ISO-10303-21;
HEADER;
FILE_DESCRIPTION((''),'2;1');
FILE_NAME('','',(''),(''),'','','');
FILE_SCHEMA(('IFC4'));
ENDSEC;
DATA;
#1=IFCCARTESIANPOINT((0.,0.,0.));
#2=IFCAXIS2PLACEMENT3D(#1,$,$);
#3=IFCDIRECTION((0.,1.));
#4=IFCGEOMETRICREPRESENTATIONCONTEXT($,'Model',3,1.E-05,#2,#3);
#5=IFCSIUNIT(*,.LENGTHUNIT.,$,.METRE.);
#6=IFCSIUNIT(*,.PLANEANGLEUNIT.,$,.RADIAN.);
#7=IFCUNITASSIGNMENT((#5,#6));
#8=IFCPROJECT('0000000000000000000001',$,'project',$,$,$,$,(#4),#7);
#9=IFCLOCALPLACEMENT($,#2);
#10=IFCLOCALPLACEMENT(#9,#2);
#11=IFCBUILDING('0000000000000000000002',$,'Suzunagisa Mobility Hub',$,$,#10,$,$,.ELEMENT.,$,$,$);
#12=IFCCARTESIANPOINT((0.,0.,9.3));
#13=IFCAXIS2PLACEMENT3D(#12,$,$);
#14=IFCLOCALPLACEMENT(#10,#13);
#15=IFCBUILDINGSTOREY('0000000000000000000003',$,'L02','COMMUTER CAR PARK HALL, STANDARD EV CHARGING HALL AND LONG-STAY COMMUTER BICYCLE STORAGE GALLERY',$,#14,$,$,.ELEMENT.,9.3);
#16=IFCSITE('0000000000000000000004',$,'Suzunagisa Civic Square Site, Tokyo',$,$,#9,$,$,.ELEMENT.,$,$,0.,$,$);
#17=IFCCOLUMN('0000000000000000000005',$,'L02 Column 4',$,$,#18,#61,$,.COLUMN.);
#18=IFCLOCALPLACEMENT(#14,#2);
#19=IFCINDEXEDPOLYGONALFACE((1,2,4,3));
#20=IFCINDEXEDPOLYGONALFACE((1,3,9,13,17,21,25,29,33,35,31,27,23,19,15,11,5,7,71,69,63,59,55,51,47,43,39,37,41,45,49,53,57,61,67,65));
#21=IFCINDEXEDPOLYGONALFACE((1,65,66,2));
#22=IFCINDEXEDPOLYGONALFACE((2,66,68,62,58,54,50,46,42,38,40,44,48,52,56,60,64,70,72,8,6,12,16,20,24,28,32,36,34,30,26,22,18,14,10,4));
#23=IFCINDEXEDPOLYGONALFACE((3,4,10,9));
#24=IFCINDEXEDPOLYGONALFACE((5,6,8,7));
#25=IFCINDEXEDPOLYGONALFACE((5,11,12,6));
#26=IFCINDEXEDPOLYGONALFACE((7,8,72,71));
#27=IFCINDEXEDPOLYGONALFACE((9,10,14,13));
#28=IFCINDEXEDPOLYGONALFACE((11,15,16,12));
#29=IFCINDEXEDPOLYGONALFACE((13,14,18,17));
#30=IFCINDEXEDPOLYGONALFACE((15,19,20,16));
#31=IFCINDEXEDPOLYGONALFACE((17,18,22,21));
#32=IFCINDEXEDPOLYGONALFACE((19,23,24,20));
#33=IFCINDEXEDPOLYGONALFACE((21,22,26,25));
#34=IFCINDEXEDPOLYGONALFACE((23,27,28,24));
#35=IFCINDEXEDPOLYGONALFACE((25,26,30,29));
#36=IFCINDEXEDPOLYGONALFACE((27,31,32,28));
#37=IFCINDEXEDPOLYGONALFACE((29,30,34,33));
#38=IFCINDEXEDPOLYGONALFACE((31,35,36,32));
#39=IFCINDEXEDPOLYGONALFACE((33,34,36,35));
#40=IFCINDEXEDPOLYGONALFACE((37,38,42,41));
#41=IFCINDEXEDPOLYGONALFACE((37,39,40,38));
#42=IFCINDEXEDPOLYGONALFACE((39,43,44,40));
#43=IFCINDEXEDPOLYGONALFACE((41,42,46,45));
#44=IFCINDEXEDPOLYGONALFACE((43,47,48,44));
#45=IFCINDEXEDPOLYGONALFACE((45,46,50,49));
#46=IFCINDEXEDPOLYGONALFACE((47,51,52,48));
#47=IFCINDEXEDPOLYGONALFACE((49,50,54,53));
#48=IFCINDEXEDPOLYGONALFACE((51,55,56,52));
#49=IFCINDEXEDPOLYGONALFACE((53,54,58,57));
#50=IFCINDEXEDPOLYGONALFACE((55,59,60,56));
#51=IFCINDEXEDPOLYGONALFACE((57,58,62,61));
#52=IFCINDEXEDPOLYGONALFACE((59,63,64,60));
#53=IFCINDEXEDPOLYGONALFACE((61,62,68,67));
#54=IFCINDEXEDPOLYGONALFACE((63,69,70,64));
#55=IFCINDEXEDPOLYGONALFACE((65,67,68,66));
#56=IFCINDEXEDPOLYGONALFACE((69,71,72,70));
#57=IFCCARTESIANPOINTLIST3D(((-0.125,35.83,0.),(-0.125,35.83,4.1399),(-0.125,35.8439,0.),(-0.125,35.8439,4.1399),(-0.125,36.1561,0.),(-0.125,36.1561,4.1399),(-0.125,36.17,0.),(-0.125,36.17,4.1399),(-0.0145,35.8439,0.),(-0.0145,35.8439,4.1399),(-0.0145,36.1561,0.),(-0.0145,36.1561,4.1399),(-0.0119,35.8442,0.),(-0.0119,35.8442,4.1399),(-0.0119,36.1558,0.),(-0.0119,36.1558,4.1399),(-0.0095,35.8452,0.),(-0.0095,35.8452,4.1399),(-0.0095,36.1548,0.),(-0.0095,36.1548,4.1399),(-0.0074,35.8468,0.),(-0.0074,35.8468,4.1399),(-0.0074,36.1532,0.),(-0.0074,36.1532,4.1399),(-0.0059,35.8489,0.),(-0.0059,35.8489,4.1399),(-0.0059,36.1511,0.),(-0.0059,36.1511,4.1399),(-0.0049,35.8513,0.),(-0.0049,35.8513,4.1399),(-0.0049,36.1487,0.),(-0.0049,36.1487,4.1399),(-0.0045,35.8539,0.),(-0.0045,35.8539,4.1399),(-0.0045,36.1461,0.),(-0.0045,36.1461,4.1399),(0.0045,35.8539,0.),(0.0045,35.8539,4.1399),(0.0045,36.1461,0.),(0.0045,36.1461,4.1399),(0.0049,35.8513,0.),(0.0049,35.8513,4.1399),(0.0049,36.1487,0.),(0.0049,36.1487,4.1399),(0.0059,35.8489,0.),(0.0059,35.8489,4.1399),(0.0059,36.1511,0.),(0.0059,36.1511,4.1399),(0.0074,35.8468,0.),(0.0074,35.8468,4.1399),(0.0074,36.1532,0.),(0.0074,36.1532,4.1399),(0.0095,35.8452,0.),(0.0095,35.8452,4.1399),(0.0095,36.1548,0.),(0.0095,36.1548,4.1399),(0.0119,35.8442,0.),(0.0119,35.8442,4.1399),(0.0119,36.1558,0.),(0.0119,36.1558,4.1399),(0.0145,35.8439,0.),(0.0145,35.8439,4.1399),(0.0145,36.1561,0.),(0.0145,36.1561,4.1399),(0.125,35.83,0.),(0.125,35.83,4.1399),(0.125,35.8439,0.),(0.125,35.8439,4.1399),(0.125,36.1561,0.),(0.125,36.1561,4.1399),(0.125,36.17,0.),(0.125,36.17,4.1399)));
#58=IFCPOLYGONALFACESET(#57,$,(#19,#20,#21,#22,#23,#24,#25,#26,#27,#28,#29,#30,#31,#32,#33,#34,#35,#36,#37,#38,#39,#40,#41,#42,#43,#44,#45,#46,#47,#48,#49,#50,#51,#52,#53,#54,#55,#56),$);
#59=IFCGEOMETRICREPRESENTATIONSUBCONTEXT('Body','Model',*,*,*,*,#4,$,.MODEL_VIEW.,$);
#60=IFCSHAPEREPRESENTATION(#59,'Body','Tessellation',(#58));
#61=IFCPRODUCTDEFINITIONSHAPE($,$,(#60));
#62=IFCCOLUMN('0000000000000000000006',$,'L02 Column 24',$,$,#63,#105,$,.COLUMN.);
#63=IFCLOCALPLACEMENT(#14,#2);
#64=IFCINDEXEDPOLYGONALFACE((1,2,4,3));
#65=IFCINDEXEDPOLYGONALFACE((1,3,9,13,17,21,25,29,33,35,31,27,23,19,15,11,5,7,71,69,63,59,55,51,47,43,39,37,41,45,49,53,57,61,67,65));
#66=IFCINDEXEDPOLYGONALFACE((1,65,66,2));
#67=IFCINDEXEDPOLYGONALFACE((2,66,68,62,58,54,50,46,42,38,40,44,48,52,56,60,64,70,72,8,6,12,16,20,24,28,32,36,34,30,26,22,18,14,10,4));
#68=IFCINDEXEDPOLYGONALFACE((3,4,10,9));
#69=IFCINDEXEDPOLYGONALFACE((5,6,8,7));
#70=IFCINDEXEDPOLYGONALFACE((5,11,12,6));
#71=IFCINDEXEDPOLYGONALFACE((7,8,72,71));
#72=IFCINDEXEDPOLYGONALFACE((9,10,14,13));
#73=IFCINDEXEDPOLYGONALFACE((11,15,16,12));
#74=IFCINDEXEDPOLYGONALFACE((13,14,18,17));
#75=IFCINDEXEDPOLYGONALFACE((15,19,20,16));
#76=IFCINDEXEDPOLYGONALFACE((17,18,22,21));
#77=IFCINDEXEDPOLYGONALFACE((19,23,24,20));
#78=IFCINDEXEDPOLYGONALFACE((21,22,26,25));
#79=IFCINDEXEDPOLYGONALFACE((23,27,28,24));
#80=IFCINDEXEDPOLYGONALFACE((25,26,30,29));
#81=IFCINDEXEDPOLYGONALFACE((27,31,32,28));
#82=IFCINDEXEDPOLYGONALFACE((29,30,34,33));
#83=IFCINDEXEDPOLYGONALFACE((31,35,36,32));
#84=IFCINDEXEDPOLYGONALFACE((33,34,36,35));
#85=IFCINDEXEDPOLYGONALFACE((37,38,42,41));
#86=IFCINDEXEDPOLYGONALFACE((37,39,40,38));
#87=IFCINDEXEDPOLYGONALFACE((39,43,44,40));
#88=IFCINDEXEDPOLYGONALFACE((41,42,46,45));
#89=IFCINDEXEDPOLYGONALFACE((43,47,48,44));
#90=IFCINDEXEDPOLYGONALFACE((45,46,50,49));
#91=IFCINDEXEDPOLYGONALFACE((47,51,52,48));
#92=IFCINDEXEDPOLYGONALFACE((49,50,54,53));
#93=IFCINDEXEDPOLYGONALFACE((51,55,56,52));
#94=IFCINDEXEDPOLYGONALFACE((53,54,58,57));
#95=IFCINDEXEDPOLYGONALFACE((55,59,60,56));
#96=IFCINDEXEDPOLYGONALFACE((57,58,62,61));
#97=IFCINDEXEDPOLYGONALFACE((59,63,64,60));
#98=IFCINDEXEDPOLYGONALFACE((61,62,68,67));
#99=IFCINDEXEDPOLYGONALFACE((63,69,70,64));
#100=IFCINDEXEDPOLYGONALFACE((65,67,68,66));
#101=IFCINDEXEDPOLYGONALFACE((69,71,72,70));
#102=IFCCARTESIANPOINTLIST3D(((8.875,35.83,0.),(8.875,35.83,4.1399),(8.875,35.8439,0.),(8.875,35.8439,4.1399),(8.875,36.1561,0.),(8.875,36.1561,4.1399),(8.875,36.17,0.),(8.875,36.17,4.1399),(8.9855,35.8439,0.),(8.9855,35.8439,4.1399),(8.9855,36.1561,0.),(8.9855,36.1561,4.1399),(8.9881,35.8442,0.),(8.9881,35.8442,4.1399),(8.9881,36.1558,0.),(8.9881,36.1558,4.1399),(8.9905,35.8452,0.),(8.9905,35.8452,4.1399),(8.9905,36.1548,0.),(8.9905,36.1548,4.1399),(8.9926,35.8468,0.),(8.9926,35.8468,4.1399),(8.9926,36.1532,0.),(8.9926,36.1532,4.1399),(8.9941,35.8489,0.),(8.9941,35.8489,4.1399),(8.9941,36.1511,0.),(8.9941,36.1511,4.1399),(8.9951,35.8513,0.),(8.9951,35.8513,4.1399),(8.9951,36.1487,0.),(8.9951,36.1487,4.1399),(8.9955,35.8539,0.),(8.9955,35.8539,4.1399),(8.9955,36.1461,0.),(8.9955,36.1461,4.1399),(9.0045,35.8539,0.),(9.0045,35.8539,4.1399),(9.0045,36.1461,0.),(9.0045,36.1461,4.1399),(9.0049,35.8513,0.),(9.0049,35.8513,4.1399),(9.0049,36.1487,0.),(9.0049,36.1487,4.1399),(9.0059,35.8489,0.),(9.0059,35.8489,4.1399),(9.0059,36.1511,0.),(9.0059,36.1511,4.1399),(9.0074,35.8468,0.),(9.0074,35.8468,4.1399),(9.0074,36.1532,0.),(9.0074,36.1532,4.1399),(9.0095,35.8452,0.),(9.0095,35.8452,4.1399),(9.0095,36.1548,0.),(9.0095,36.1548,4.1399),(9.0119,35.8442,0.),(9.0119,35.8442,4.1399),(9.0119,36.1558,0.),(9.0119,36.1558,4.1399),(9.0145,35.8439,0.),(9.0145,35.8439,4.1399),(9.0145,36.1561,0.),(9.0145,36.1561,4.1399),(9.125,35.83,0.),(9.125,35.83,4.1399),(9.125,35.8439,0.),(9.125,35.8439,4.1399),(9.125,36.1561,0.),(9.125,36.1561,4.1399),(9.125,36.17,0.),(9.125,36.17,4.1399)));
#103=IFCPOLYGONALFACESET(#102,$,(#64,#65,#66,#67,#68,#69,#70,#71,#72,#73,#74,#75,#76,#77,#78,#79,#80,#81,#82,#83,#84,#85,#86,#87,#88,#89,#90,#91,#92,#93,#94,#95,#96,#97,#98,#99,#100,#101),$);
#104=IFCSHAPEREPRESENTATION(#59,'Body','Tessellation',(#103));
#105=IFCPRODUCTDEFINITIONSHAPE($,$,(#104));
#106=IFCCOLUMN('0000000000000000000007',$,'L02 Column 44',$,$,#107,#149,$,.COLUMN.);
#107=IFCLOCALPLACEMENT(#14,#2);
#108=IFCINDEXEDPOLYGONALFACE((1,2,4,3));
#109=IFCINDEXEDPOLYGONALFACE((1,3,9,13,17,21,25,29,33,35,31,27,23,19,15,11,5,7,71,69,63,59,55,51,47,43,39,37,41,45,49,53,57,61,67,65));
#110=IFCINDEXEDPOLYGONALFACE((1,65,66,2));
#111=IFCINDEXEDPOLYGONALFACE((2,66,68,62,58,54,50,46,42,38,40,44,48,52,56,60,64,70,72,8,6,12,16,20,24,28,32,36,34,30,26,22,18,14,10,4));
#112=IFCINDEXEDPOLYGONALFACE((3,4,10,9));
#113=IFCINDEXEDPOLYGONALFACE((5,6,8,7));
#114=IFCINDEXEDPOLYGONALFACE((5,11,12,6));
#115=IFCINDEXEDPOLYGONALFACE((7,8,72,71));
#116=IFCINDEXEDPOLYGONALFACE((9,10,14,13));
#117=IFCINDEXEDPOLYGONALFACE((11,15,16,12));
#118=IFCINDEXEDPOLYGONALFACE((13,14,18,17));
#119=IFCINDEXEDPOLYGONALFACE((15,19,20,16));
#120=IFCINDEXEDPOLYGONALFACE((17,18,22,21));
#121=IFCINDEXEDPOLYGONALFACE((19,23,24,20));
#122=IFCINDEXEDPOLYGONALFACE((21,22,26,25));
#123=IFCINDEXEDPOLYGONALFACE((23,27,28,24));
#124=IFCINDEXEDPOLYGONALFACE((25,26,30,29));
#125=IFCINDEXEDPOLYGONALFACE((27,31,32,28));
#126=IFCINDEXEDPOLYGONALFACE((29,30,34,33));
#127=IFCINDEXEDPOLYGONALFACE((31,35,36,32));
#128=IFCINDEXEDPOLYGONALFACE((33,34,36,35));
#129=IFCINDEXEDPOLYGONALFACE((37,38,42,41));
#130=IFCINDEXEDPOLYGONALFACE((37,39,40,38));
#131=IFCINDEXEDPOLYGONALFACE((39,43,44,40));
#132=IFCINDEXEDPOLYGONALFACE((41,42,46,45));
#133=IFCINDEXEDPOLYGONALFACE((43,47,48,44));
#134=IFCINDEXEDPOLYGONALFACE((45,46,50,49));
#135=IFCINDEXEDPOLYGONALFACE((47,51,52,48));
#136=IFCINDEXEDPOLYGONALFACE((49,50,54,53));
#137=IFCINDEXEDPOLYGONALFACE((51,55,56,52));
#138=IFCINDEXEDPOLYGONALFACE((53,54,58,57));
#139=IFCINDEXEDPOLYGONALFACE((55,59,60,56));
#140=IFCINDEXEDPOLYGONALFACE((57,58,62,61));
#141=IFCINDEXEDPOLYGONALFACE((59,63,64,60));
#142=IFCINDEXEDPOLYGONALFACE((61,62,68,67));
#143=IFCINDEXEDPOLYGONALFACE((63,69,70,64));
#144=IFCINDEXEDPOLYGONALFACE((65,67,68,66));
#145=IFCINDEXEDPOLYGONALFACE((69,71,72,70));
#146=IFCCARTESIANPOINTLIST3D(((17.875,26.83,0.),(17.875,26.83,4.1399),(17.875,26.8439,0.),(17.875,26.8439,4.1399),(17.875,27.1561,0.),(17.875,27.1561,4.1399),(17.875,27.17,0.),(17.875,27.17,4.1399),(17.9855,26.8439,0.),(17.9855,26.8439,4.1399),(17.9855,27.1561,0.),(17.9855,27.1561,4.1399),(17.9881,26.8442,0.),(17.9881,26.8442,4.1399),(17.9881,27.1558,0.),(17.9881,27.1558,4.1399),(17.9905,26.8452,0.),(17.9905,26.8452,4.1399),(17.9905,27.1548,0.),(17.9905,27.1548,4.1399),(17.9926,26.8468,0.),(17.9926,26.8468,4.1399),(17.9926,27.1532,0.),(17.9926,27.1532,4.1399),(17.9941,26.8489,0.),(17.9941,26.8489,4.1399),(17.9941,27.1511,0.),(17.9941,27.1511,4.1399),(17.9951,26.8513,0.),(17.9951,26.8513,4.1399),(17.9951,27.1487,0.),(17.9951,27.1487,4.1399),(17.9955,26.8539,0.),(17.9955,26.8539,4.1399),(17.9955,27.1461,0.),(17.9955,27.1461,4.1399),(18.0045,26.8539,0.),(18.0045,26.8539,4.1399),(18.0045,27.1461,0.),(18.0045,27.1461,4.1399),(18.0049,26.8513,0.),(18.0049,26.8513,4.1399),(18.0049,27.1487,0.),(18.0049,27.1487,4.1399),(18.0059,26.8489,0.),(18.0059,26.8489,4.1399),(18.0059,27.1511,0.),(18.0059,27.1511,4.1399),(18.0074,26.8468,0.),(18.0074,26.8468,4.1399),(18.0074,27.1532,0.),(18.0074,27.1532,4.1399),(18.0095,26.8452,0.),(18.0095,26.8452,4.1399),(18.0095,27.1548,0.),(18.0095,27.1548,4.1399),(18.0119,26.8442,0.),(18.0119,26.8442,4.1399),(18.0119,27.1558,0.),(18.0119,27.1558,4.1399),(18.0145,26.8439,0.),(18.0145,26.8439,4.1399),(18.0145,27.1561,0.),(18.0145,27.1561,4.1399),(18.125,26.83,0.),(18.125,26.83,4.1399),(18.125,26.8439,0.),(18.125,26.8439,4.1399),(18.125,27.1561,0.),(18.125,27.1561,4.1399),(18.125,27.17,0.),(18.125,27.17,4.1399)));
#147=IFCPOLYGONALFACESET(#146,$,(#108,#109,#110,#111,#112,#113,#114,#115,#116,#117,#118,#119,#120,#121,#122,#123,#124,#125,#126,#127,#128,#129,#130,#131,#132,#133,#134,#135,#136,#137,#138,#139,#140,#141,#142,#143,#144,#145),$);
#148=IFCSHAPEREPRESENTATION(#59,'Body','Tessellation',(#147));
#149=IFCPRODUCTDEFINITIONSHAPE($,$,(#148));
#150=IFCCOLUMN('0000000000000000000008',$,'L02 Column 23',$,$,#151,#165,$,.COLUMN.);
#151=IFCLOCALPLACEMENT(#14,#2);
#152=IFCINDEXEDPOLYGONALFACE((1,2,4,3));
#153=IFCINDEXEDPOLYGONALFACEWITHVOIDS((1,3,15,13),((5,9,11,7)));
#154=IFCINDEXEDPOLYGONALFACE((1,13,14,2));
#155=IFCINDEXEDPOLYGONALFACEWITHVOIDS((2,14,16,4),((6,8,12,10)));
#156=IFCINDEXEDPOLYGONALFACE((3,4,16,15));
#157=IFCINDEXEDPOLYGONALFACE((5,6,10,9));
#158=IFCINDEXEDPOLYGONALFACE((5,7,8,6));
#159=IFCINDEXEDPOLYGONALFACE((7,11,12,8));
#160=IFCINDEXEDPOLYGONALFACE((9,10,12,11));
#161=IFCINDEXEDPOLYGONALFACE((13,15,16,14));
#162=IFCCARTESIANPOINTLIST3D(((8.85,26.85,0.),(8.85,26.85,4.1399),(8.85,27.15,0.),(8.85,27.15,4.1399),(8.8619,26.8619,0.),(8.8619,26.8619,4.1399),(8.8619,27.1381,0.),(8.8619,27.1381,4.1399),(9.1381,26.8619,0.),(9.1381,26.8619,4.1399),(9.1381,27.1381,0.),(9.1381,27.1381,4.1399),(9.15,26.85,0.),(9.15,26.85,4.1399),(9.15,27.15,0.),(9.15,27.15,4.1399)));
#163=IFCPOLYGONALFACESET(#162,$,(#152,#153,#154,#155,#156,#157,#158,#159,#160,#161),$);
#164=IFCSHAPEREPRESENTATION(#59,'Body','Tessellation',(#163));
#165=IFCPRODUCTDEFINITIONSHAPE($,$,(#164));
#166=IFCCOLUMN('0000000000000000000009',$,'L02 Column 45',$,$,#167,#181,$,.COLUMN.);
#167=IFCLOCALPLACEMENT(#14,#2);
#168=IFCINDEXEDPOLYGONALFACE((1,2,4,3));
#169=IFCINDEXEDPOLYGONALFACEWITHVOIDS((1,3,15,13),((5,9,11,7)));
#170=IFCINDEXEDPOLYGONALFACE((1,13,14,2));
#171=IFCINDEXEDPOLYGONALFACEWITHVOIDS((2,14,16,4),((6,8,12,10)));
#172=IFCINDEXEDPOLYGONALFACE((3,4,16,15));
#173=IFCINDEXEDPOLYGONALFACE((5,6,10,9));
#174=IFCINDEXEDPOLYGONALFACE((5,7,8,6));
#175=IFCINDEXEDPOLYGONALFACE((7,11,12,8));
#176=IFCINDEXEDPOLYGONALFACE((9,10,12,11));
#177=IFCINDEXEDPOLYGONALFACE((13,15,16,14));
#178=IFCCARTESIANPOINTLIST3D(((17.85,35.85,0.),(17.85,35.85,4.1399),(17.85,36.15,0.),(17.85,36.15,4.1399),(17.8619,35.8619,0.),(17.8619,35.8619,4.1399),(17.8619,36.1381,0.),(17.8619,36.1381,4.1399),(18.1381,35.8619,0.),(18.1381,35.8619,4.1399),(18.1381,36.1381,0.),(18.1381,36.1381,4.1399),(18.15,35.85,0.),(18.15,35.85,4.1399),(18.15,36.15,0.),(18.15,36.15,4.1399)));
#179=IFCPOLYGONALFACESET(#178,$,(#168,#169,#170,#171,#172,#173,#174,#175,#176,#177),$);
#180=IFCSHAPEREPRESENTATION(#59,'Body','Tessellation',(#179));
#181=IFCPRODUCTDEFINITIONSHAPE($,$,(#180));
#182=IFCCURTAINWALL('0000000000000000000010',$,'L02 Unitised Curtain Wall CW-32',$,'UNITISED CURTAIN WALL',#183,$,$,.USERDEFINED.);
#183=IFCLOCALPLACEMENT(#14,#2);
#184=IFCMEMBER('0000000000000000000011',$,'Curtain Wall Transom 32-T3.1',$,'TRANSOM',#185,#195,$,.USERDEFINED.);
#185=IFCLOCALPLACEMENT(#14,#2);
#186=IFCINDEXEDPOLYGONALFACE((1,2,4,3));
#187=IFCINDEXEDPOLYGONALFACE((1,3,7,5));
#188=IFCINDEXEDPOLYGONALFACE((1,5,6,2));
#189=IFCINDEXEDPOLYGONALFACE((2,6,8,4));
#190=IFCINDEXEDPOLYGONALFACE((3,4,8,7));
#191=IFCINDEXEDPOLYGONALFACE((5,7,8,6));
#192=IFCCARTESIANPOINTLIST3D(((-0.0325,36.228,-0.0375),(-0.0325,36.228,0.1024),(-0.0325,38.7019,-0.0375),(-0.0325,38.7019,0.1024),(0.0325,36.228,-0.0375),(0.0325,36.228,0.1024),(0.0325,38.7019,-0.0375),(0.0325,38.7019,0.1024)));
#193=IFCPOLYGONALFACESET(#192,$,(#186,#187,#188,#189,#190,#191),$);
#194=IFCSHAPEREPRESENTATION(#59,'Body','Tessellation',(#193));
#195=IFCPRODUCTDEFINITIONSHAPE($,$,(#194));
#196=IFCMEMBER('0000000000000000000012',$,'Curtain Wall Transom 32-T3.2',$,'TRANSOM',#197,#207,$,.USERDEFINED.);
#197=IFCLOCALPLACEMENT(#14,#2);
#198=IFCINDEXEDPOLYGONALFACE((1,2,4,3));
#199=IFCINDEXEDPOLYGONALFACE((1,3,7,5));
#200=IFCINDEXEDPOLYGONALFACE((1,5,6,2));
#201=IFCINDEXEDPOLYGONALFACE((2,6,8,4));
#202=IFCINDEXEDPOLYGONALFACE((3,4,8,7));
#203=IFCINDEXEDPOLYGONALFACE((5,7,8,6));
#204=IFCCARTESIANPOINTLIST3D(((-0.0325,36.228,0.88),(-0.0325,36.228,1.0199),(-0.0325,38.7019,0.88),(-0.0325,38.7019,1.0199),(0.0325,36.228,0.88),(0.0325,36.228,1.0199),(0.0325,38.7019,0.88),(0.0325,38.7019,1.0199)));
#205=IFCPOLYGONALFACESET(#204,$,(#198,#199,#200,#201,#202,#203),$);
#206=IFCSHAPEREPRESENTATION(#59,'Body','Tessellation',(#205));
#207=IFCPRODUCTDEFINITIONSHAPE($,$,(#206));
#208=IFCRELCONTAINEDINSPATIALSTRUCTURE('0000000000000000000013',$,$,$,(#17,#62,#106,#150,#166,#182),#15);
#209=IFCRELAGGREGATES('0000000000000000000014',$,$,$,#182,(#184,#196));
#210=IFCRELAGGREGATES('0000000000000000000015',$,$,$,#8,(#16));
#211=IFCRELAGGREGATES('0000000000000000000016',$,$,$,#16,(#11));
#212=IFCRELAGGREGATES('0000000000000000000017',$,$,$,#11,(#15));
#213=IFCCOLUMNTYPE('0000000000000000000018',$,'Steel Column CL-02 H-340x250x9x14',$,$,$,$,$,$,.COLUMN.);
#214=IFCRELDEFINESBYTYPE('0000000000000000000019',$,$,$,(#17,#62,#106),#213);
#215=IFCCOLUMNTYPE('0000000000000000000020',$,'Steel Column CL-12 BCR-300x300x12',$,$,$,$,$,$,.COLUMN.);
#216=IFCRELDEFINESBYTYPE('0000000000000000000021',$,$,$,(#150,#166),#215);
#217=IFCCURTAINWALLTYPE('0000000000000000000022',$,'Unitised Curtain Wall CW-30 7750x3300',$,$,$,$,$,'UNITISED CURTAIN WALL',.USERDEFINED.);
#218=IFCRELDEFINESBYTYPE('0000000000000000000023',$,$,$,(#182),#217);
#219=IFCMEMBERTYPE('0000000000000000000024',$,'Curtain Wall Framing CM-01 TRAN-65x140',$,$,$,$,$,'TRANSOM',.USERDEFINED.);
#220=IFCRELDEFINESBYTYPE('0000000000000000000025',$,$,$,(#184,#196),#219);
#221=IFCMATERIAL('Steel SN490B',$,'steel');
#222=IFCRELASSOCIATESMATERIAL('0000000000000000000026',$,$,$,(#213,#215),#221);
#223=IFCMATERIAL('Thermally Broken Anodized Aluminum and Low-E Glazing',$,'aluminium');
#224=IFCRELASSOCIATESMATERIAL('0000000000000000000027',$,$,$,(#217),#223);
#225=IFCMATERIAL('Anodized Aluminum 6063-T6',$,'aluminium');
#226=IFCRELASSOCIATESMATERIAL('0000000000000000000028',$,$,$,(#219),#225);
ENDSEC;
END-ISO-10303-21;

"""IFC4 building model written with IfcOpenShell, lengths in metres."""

from ifc_helpers import new_model, si_unit, direction, frame, origin, origin_2d, place, context, subcontext, project, spatial, rectangle, hollow_rectangle, i_section, extrude, material, material_profile, profile_set, type_object, element, aggregate, save


model = new_model("IFC4")

# Units and contexts
model_context = context("Model", 3, precision=1e-05, world=origin(), true_north=direction((0.0, 1.0)))
body_context = subcontext(model_context, "Body", "Model", "MODEL_VIEW")
ifc_project = project(units=[si_unit("LENGTHUNIT", "METRE"), si_unit("PLANEANGLEUNIT", "RADIAN")], contexts=[model_context])

# Site, building, storey
site_placement = place(None, origin())
site = spatial("IfcSite", under=ifc_project, at=site_placement, Name="Suzunagisa Civic Square Site, Tokyo", CompositionType="ELEMENT", RefElevation=0.0)
building_placement = place(site_placement, origin())
building = spatial("IfcBuilding", under=site, at=building_placement, Name="Suzunagisa Mobility Hub", CompositionType="ELEMENT")
storey_placement = place(building_placement, frame((0.0, 0.0, 9.3)))
storey = spatial("IfcBuildingStorey", under=building, at=storey_placement, Name="L02", Description="COMMUTER CAR PARK HALL, STANDARD EV CHARGING HALL AND LONG-STAY COMMUTER BICYCLE STORAGE GALLERY", CompositionType="ELEMENT", Elevation=9.3)

# Columns
ifc_material_1 = material(Name="Steel SN490B", Category="steel")
ifc_material_profile_1 = material_profile(ifc_material_1, i_section(OverallWidth=0.25, OverallDepth=0.3401, WebThickness=0.009, FlangeThickness=0.0139, FilletRadius=0.01, at=origin_2d()), Name="H-340x250x9x14")
ifc_profile_set_1 = profile_set([ifc_material_profile_1], Name="Steel SN490B")
column_type_1 = type_object("IfcColumnType", Name="Steel Column CL-02 H-340x250x9x14", PredefinedType="COLUMN", material=ifc_profile_set_1)
for number, where, z_axis, x_axis, name in (
    (1, (0.0, 36.0, 0.0), (0.0, 0.0, 1.0), (1.0, 0.0, 0.0), "L02 Column 4"),
    (2, (9.0, 36.0, 0.0), (0.0, 0.0, 1.0), (1.0, 0.0, 0.0), "L02 Column 24"),
    (3, (18.0, 27.0, 0.0), (0.0, 0.0, 1.0), (1.0, 0.0, 0.0), "L02 Column 44"),
):
    element("IfcColumn", number, at=place(storey_placement, frame(where, z_axis=z_axis, x_axis=x_axis)), inside=storey, type_object=column_type_1, Name=name, PredefinedType="COLUMN", context=body_context, shape_type="SweptSolid", body=[
        extrude(i_section(OverallWidth=0.25, OverallDepth=0.3401, WebThickness=0.009, FlangeThickness=0.0139, FilletRadius=0.01, at=origin_2d()), origin(), (0.0, 0.0, 1.0), 4.1399),
    ])
ifc_material_profile_2 = material_profile(ifc_material_1, hollow_rectangle(XDim=0.3, YDim=0.3, WallThickness=0.012, at=origin_2d()), Name="BCR-300x300x12")
ifc_profile_set_2 = profile_set([ifc_material_profile_2], Name="Steel SN490B")
column_type_2 = type_object("IfcColumnType", Name="Steel Column CL-12 BCR-300x300x12", PredefinedType="COLUMN", material=ifc_profile_set_2)
for number, where, z_axis, x_axis, name in (
    (4, (9.0, 27.0, 0.0), (0.0, 0.0, 1.0), (1.0, 0.0, 0.0), "L02 Column 23"),
    (5, (18.0, 36.0, 0.0), (0.0, 0.0, 1.0), (1.0, 0.0, 0.0), "L02 Column 45"),
):
    element("IfcColumn", number, at=place(storey_placement, frame(where, z_axis=z_axis, x_axis=x_axis)), inside=storey, type_object=column_type_2, Name=name, PredefinedType="COLUMN", context=body_context, shape_type="SweptSolid", body=[
        extrude(hollow_rectangle(XDim=0.3, YDim=0.3, WallThickness=0.012, at=origin_2d()), origin(), (0.0, 0.0, 1.0), 4.1399),
    ])

# Curtain wall, members
ifc_material_2 = material(Name="Thermally Broken Anodized Aluminum and Low-E Glazing", Category="aluminium")
curtain_wall_type = type_object("IfcCurtainWallType", Name="Unitised Curtain Wall CW-30 7750x3300", ElementType="UNITISED CURTAIN WALL", PredefinedType="USERDEFINED", material=ifc_material_2)
curtain_wall_placement = place(storey_placement, origin())
curtain_wall = element("IfcCurtainWall", 6, at=curtain_wall_placement, inside=storey, type_object=curtain_wall_type, Name="L02 Unitised Curtain Wall CW-32", ObjectType="UNITISED CURTAIN WALL", PredefinedType="USERDEFINED")
ifc_material_3 = material(Name="Anodized Aluminum 6063-T6", Category="aluminium")
ifc_material_profile_3 = material_profile(ifc_material_3, rectangle(XDim=0.0649, YDim=0.1399, at=origin_2d()), Name="TRAN-65x140")
ifc_profile_set_3 = profile_set([ifc_material_profile_3], Name="Anodized Aluminum 6063-T6")
member_type_1 = type_object("IfcMemberType", Name="Curtain Wall Framing CM-01 TRAN-65x140", ElementType="TRANSOM", PredefinedType="USERDEFINED", material=ifc_profile_set_3)
member_1_placement = place(storey_placement, frame((0.0, 38.7019, 0.0325), z_axis=(0.0, -1.0, 0.0), x_axis=(1.0, 0.0, 0.0)))
member_1 = element("IfcMember", 7, at=member_1_placement, type_object=member_type_1, Name="Curtain Wall Transom 32-T3.1", ObjectType="TRANSOM", PredefinedType="USERDEFINED", context=body_context, shape_type="SweptSolid", body=[
    extrude(rectangle(XDim=0.0649, YDim=0.1399, at=origin_2d()), origin(), (0.0, 0.0, 1.0), 2.4739),
])
member_2_placement = place(storey_placement, frame((0.0, 38.7019, 0.95), z_axis=(0.0, -1.0, 0.0), x_axis=(1.0, 0.0, 0.0)))
member_2 = element("IfcMember", 8, at=member_2_placement, type_object=member_type_1, Name="Curtain Wall Transom 32-T3.2", ObjectType="TRANSOM", PredefinedType="USERDEFINED", context=body_context, shape_type="SweptSolid", body=[
    extrude(rectangle(XDim=0.0649, YDim=0.1399, at=origin_2d()), origin(), (0.0, 0.0, 1.0), 2.4739),
])

aggregate(curtain_wall, [member_1, member_2])

save(model, "model.ifc")
